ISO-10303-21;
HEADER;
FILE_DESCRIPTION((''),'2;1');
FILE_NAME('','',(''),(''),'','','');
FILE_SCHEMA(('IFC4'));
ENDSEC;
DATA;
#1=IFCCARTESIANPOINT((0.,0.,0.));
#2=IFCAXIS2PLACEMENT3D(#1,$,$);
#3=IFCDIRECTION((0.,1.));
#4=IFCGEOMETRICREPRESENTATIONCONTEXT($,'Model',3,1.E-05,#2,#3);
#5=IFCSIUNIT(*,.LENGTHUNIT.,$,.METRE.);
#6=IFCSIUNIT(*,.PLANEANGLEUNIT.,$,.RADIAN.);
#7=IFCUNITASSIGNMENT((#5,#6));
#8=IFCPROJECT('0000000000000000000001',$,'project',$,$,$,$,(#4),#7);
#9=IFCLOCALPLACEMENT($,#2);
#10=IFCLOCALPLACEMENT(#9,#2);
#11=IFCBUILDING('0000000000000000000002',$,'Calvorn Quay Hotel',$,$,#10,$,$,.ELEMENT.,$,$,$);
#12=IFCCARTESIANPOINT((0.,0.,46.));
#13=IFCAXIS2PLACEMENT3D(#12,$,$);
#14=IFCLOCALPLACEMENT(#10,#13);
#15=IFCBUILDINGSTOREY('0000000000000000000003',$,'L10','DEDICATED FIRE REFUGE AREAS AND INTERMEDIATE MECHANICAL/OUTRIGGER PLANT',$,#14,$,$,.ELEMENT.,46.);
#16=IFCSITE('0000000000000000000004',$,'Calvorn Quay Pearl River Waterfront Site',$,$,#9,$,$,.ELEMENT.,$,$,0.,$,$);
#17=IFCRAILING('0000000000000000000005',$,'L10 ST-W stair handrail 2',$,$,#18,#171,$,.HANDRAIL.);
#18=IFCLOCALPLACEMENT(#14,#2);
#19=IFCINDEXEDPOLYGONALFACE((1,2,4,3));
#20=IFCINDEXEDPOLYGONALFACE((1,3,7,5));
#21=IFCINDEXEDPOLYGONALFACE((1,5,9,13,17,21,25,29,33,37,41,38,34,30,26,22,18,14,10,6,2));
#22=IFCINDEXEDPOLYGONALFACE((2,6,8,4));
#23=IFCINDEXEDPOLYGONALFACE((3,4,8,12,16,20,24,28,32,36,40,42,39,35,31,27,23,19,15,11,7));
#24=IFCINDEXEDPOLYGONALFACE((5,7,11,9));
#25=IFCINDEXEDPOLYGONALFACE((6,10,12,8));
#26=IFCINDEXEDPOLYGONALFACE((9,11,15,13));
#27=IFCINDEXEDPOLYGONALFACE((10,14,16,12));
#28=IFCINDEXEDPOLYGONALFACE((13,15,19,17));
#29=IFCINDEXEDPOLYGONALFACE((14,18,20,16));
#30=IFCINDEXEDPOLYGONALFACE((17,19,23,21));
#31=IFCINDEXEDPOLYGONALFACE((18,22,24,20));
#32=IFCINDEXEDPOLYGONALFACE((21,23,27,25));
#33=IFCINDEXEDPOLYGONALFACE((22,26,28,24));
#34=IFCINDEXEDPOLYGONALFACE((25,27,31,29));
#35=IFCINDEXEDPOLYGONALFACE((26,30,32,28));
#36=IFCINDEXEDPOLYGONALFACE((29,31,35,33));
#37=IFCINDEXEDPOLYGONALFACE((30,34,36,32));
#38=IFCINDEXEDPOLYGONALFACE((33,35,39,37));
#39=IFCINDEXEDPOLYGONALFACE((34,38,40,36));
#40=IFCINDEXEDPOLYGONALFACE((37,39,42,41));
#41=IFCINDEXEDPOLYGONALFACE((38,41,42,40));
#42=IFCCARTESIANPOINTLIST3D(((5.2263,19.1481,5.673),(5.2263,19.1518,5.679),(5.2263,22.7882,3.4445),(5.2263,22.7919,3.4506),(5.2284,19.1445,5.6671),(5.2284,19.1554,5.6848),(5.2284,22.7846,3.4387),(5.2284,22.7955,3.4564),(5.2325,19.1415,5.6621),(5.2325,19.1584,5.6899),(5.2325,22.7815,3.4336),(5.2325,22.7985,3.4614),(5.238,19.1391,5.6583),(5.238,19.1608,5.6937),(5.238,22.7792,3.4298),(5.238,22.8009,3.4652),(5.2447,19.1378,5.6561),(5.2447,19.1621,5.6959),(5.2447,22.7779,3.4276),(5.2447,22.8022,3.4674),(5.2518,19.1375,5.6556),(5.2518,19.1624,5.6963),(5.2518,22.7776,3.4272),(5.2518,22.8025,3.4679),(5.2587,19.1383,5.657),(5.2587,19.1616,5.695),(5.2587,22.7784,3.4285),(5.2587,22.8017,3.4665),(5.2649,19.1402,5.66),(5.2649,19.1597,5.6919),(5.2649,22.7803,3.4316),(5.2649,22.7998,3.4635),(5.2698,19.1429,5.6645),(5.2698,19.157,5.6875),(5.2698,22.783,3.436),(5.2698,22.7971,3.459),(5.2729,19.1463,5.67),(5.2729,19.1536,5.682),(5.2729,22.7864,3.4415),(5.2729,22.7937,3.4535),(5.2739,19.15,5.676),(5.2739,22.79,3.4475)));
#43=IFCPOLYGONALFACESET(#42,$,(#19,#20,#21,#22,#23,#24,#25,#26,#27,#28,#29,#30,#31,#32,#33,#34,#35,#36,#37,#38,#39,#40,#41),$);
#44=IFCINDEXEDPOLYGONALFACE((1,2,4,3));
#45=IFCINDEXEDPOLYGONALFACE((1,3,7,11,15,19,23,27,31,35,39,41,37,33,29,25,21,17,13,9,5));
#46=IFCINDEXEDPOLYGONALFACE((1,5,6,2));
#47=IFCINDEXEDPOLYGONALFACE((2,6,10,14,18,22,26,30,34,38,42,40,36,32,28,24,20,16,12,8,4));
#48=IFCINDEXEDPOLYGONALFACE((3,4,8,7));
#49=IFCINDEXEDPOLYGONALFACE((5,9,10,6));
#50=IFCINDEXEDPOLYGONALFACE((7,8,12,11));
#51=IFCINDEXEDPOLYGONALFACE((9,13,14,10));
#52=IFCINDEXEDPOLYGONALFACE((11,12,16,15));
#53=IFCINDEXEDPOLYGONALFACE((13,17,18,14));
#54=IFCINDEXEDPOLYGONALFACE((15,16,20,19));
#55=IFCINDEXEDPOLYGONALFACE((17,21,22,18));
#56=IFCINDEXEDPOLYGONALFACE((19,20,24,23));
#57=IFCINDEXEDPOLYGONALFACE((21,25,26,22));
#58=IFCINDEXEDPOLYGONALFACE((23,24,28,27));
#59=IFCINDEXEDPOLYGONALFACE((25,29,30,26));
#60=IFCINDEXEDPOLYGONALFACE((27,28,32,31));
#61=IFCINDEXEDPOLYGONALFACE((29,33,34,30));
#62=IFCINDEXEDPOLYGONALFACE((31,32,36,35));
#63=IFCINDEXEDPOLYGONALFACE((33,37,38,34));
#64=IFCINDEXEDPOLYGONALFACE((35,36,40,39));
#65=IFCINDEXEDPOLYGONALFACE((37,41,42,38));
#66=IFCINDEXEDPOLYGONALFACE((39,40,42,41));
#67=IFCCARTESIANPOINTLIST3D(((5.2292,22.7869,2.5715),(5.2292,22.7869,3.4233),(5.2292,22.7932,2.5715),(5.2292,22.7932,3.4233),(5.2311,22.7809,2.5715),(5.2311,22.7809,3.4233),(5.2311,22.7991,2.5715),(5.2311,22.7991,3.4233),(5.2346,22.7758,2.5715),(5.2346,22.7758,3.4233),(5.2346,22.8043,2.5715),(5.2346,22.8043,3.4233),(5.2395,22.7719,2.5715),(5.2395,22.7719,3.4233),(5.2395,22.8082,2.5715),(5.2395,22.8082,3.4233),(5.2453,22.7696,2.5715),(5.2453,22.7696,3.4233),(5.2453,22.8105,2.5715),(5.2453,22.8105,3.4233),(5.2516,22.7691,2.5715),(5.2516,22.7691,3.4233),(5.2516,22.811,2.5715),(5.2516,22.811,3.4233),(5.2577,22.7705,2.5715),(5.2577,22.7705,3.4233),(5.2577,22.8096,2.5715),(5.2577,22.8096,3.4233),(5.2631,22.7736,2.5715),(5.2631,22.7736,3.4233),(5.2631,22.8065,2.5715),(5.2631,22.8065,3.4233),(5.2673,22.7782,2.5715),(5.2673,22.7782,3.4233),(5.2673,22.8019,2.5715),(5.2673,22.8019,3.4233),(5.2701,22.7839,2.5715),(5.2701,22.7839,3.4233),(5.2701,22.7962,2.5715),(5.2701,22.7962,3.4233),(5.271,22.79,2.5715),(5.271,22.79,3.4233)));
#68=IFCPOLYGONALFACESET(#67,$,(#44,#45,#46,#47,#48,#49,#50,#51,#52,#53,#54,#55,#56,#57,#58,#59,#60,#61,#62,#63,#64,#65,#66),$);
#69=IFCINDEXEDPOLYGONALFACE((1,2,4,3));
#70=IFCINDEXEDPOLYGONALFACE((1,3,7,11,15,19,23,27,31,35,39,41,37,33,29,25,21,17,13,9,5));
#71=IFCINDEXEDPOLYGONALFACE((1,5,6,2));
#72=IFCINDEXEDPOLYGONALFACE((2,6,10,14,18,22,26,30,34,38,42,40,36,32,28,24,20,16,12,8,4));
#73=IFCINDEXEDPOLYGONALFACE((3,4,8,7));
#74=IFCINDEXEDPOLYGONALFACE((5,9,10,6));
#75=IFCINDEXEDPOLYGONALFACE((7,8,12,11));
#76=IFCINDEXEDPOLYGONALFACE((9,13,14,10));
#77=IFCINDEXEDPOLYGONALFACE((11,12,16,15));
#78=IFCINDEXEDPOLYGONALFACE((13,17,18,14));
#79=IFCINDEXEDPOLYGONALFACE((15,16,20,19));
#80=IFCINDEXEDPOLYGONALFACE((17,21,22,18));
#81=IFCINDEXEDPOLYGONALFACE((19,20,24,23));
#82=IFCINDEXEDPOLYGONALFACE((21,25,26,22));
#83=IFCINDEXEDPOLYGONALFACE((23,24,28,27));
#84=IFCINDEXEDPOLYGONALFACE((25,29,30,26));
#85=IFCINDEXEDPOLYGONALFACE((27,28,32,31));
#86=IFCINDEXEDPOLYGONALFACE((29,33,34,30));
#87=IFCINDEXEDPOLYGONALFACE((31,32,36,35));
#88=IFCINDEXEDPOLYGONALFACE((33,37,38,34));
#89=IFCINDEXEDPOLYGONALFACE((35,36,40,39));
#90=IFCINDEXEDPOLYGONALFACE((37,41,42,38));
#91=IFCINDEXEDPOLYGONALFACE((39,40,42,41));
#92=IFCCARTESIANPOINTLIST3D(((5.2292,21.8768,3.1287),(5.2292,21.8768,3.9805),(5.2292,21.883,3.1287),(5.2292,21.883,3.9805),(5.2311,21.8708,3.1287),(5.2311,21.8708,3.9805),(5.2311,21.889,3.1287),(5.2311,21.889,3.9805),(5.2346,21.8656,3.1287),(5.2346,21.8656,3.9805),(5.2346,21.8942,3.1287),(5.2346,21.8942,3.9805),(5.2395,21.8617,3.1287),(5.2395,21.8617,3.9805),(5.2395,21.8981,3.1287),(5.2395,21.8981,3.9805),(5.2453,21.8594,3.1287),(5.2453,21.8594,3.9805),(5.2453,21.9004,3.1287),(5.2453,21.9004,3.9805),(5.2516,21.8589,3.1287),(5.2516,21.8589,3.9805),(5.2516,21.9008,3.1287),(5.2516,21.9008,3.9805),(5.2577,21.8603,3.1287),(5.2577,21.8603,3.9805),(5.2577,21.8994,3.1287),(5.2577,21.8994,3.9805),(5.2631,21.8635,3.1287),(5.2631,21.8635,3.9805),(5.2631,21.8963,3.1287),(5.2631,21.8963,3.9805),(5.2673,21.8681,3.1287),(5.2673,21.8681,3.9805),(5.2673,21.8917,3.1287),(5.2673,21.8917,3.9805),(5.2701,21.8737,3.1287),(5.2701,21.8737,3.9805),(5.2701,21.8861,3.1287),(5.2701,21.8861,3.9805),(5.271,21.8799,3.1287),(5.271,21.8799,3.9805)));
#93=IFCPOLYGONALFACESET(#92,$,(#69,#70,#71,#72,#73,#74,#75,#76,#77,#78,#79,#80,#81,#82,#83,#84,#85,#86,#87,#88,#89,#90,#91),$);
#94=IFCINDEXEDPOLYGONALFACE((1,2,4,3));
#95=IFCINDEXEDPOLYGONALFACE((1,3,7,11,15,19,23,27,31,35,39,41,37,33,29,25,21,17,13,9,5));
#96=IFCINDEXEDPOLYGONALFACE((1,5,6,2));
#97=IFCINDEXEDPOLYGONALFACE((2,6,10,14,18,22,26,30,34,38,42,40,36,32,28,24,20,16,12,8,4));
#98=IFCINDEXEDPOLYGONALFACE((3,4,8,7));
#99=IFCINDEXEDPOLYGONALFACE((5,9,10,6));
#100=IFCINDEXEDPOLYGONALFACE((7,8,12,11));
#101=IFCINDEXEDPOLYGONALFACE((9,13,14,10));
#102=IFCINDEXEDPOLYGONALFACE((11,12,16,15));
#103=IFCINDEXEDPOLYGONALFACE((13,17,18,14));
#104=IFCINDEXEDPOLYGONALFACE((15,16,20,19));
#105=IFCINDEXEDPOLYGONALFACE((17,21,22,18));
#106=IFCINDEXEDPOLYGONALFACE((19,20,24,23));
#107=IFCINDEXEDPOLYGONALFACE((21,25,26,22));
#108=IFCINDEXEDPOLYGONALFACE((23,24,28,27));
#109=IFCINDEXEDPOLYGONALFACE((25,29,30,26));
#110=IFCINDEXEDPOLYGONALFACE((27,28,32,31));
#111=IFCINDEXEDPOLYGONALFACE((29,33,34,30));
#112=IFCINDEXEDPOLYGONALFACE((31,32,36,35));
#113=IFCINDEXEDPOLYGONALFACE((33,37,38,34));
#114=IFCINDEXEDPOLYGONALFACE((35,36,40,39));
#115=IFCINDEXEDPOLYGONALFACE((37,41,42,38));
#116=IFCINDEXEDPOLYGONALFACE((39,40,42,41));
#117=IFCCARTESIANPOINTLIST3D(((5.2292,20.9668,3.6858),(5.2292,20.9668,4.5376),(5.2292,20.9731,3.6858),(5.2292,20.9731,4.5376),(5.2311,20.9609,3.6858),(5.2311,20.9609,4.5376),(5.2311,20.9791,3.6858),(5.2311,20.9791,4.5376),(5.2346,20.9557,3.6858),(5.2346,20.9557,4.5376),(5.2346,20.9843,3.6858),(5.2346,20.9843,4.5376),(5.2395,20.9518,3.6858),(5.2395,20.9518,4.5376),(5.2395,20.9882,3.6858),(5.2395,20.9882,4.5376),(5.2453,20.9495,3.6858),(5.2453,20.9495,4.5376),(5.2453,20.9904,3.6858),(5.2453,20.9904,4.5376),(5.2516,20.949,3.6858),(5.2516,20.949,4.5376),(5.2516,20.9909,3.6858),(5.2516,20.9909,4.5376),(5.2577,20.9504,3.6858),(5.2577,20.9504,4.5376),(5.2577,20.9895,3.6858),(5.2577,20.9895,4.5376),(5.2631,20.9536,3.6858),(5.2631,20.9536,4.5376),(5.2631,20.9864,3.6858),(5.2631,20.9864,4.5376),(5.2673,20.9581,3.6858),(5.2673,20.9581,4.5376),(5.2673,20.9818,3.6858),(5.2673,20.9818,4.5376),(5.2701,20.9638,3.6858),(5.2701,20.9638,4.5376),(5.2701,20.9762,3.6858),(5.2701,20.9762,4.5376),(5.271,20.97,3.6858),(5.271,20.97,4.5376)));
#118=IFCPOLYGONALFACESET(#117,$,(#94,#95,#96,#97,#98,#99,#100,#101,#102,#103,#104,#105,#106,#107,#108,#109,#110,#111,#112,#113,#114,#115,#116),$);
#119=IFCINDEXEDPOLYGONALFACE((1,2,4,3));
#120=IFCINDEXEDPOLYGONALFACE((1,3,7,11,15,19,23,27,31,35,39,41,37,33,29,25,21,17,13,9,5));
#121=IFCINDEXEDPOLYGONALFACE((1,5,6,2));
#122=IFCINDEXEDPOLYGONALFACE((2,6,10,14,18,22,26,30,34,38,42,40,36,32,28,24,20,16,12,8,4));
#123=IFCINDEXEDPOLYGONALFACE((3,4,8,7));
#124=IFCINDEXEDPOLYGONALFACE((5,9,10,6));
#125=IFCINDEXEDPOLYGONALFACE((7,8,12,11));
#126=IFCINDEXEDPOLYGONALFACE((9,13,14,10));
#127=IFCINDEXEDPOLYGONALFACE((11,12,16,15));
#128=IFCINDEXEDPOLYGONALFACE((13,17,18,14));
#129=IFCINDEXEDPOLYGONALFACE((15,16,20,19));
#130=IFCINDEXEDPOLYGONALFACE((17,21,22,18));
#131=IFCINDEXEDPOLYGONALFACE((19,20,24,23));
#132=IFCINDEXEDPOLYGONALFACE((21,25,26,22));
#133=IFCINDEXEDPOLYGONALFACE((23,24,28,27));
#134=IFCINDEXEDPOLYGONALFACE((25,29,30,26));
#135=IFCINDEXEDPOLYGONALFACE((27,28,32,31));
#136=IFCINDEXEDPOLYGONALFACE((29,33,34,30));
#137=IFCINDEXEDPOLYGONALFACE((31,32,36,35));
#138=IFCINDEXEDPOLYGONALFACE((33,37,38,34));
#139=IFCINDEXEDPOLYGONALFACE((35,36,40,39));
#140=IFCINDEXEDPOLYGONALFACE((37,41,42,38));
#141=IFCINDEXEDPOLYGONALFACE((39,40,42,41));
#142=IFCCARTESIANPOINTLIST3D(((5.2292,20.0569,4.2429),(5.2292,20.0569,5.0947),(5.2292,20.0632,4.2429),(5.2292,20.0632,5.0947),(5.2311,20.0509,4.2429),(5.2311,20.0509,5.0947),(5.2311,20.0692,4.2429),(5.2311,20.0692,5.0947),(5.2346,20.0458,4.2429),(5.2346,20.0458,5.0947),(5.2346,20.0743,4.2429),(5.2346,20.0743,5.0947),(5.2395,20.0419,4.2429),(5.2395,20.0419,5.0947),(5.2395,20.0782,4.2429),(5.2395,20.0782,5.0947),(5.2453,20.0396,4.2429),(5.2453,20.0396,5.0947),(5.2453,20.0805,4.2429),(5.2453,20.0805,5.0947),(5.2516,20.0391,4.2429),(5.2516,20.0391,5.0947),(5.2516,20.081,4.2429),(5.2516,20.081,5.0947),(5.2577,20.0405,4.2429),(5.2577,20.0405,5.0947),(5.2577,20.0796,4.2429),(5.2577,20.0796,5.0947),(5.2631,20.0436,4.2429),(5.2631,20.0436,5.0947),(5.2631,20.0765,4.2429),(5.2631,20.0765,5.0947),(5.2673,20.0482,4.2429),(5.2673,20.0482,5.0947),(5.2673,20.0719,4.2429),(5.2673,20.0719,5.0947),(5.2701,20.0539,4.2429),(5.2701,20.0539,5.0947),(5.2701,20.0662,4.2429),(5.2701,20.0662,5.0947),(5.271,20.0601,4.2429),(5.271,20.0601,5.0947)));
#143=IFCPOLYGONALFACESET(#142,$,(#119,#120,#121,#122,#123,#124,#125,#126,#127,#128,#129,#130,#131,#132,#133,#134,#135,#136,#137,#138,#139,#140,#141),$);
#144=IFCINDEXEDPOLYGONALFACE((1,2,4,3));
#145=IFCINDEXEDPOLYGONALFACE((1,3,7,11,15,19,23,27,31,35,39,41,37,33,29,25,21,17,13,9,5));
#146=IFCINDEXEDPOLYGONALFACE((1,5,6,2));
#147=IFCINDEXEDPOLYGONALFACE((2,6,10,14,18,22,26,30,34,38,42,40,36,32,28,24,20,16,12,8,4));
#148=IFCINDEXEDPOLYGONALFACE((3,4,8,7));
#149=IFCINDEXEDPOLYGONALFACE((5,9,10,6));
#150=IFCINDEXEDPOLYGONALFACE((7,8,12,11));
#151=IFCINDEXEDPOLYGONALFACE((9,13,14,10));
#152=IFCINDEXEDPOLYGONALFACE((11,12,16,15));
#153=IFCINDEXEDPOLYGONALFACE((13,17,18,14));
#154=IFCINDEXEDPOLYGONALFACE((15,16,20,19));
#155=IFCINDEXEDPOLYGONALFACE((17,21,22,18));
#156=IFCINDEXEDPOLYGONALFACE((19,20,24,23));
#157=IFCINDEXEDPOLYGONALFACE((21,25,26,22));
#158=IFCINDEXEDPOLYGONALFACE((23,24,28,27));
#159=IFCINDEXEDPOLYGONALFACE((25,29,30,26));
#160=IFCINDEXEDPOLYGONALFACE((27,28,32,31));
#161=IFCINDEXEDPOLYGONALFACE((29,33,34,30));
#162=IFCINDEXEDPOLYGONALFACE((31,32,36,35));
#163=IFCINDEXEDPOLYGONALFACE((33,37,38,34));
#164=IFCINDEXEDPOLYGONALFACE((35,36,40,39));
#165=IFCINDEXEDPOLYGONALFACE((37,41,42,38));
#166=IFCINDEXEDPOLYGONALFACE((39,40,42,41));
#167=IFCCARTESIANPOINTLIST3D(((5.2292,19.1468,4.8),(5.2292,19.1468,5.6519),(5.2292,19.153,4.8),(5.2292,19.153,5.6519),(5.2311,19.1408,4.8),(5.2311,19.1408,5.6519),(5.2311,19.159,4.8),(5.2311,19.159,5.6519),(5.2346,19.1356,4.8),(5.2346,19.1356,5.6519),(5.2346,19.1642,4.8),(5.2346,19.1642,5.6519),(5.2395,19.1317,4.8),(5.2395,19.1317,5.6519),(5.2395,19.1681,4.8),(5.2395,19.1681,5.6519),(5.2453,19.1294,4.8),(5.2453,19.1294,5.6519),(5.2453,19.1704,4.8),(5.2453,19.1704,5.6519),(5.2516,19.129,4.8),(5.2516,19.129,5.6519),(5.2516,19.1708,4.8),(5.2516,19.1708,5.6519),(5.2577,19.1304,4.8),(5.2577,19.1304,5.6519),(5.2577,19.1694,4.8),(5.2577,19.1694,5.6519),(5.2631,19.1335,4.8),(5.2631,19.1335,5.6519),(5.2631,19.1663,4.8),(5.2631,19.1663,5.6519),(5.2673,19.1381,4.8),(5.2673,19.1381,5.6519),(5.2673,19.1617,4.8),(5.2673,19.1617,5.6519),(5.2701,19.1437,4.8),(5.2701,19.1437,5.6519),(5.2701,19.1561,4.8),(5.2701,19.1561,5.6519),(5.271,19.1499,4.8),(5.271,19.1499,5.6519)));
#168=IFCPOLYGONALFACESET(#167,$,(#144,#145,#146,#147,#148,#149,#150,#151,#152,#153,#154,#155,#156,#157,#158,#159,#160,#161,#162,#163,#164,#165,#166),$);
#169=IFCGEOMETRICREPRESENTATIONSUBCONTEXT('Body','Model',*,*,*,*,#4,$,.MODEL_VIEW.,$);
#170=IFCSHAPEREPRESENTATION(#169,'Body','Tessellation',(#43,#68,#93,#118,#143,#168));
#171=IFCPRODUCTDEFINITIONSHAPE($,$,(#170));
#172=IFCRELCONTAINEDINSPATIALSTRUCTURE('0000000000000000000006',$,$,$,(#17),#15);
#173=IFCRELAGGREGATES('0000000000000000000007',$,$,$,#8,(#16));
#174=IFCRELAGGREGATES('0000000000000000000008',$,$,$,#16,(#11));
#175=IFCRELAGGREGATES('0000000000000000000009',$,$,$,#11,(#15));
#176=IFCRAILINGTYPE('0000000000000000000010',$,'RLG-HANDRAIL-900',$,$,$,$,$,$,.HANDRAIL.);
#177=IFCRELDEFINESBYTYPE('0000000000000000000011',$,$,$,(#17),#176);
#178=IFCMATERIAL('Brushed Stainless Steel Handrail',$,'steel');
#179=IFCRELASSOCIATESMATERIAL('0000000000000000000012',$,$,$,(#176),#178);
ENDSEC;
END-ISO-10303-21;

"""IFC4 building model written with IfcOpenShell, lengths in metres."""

from ifc_helpers import new_model, si_unit, direction, frame, origin, origin_2d, place, context, subcontext, project, spatial, circle, extrude, material, type_object, element, save


model = new_model("IFC4")

# Units and contexts
model_context = context("Model", 3, precision=1e-05, world=origin(), true_north=direction((0.0, 1.0)))
body_context = subcontext(model_context, "Body", "Model", "MODEL_VIEW")
ifc_project = project(units=[si_unit("LENGTHUNIT", "METRE"), si_unit("PLANEANGLEUNIT", "RADIAN")], contexts=[model_context])

# Site, building, storey
site_placement = place(None, origin())
site = spatial("IfcSite", under=ifc_project, at=site_placement, Name="Calvorn Quay Pearl River Waterfront Site", CompositionType="ELEMENT", RefElevation=0.0)
building_placement = place(site_placement, origin())
building = spatial("IfcBuilding", under=site, at=building_placement, Name="Calvorn Quay Hotel", CompositionType="ELEMENT")
storey_placement = place(building_placement, frame((0.0, 0.0, 46.0)))
storey = spatial("IfcBuildingStorey", under=building, at=storey_placement, Name="L10", Description="DEDICATED FIRE REFUGE AREAS AND INTERMEDIATE MECHANICAL/OUTRIGGER PLANT", CompositionType="ELEMENT", Elevation=46.0)

# Railing
ifc_material_1 = material(Name="Brushed Stainless Steel Handrail", Category="steel")
railing_type_1 = type_object("IfcRailingType", Name="RLG-HANDRAIL-900", PredefinedType="HANDRAIL", material=ifc_material_1)
railing_1_placement = place(storey_placement, frame((5.25, 22.79, 2.5715)))
element("IfcRailing", 1, at=railing_1_placement, inside=storey, type_object=railing_type_1, Name="L10 ST-W stair handrail 2", PredefinedType="HANDRAIL", context=body_context, shape_type="SweptSolid", body=[
    extrude(circle(Radius=0.0239, at=origin_2d()), frame((0.0, 0.0, 0.876), z_axis=(0.0, -0.852866, 0.52213), x_axis=(1.0, 0.0, 0.0)), (0.0, 0.0, 1.0), 4.2681),
    extrude(circle(Radius=0.021, at=origin_2d()), origin(), (0.0, 0.0, 1.0), 0.8518),
    extrude(circle(Radius=0.021, at=origin_2d()), frame((0.0, -0.9102, 0.5571)), (0.0, 0.0, 1.0), 0.8518),
    extrude(circle(Radius=0.021, at=origin_2d()), frame((0.0, -1.8201, 1.1143)), (0.0, 0.0, 1.0), 0.8518),
    extrude(circle(Radius=0.021, at=origin_2d()), frame((0.0, -2.73, 1.6714)), (0.0, 0.0, 1.0), 0.8518),
    extrude(circle(Radius=0.021, at=origin_2d()), frame((0.0, -3.6401, 2.2285)), (0.0, 0.0, 1.0), 0.8518),
])

save(model, "model.ifc")
